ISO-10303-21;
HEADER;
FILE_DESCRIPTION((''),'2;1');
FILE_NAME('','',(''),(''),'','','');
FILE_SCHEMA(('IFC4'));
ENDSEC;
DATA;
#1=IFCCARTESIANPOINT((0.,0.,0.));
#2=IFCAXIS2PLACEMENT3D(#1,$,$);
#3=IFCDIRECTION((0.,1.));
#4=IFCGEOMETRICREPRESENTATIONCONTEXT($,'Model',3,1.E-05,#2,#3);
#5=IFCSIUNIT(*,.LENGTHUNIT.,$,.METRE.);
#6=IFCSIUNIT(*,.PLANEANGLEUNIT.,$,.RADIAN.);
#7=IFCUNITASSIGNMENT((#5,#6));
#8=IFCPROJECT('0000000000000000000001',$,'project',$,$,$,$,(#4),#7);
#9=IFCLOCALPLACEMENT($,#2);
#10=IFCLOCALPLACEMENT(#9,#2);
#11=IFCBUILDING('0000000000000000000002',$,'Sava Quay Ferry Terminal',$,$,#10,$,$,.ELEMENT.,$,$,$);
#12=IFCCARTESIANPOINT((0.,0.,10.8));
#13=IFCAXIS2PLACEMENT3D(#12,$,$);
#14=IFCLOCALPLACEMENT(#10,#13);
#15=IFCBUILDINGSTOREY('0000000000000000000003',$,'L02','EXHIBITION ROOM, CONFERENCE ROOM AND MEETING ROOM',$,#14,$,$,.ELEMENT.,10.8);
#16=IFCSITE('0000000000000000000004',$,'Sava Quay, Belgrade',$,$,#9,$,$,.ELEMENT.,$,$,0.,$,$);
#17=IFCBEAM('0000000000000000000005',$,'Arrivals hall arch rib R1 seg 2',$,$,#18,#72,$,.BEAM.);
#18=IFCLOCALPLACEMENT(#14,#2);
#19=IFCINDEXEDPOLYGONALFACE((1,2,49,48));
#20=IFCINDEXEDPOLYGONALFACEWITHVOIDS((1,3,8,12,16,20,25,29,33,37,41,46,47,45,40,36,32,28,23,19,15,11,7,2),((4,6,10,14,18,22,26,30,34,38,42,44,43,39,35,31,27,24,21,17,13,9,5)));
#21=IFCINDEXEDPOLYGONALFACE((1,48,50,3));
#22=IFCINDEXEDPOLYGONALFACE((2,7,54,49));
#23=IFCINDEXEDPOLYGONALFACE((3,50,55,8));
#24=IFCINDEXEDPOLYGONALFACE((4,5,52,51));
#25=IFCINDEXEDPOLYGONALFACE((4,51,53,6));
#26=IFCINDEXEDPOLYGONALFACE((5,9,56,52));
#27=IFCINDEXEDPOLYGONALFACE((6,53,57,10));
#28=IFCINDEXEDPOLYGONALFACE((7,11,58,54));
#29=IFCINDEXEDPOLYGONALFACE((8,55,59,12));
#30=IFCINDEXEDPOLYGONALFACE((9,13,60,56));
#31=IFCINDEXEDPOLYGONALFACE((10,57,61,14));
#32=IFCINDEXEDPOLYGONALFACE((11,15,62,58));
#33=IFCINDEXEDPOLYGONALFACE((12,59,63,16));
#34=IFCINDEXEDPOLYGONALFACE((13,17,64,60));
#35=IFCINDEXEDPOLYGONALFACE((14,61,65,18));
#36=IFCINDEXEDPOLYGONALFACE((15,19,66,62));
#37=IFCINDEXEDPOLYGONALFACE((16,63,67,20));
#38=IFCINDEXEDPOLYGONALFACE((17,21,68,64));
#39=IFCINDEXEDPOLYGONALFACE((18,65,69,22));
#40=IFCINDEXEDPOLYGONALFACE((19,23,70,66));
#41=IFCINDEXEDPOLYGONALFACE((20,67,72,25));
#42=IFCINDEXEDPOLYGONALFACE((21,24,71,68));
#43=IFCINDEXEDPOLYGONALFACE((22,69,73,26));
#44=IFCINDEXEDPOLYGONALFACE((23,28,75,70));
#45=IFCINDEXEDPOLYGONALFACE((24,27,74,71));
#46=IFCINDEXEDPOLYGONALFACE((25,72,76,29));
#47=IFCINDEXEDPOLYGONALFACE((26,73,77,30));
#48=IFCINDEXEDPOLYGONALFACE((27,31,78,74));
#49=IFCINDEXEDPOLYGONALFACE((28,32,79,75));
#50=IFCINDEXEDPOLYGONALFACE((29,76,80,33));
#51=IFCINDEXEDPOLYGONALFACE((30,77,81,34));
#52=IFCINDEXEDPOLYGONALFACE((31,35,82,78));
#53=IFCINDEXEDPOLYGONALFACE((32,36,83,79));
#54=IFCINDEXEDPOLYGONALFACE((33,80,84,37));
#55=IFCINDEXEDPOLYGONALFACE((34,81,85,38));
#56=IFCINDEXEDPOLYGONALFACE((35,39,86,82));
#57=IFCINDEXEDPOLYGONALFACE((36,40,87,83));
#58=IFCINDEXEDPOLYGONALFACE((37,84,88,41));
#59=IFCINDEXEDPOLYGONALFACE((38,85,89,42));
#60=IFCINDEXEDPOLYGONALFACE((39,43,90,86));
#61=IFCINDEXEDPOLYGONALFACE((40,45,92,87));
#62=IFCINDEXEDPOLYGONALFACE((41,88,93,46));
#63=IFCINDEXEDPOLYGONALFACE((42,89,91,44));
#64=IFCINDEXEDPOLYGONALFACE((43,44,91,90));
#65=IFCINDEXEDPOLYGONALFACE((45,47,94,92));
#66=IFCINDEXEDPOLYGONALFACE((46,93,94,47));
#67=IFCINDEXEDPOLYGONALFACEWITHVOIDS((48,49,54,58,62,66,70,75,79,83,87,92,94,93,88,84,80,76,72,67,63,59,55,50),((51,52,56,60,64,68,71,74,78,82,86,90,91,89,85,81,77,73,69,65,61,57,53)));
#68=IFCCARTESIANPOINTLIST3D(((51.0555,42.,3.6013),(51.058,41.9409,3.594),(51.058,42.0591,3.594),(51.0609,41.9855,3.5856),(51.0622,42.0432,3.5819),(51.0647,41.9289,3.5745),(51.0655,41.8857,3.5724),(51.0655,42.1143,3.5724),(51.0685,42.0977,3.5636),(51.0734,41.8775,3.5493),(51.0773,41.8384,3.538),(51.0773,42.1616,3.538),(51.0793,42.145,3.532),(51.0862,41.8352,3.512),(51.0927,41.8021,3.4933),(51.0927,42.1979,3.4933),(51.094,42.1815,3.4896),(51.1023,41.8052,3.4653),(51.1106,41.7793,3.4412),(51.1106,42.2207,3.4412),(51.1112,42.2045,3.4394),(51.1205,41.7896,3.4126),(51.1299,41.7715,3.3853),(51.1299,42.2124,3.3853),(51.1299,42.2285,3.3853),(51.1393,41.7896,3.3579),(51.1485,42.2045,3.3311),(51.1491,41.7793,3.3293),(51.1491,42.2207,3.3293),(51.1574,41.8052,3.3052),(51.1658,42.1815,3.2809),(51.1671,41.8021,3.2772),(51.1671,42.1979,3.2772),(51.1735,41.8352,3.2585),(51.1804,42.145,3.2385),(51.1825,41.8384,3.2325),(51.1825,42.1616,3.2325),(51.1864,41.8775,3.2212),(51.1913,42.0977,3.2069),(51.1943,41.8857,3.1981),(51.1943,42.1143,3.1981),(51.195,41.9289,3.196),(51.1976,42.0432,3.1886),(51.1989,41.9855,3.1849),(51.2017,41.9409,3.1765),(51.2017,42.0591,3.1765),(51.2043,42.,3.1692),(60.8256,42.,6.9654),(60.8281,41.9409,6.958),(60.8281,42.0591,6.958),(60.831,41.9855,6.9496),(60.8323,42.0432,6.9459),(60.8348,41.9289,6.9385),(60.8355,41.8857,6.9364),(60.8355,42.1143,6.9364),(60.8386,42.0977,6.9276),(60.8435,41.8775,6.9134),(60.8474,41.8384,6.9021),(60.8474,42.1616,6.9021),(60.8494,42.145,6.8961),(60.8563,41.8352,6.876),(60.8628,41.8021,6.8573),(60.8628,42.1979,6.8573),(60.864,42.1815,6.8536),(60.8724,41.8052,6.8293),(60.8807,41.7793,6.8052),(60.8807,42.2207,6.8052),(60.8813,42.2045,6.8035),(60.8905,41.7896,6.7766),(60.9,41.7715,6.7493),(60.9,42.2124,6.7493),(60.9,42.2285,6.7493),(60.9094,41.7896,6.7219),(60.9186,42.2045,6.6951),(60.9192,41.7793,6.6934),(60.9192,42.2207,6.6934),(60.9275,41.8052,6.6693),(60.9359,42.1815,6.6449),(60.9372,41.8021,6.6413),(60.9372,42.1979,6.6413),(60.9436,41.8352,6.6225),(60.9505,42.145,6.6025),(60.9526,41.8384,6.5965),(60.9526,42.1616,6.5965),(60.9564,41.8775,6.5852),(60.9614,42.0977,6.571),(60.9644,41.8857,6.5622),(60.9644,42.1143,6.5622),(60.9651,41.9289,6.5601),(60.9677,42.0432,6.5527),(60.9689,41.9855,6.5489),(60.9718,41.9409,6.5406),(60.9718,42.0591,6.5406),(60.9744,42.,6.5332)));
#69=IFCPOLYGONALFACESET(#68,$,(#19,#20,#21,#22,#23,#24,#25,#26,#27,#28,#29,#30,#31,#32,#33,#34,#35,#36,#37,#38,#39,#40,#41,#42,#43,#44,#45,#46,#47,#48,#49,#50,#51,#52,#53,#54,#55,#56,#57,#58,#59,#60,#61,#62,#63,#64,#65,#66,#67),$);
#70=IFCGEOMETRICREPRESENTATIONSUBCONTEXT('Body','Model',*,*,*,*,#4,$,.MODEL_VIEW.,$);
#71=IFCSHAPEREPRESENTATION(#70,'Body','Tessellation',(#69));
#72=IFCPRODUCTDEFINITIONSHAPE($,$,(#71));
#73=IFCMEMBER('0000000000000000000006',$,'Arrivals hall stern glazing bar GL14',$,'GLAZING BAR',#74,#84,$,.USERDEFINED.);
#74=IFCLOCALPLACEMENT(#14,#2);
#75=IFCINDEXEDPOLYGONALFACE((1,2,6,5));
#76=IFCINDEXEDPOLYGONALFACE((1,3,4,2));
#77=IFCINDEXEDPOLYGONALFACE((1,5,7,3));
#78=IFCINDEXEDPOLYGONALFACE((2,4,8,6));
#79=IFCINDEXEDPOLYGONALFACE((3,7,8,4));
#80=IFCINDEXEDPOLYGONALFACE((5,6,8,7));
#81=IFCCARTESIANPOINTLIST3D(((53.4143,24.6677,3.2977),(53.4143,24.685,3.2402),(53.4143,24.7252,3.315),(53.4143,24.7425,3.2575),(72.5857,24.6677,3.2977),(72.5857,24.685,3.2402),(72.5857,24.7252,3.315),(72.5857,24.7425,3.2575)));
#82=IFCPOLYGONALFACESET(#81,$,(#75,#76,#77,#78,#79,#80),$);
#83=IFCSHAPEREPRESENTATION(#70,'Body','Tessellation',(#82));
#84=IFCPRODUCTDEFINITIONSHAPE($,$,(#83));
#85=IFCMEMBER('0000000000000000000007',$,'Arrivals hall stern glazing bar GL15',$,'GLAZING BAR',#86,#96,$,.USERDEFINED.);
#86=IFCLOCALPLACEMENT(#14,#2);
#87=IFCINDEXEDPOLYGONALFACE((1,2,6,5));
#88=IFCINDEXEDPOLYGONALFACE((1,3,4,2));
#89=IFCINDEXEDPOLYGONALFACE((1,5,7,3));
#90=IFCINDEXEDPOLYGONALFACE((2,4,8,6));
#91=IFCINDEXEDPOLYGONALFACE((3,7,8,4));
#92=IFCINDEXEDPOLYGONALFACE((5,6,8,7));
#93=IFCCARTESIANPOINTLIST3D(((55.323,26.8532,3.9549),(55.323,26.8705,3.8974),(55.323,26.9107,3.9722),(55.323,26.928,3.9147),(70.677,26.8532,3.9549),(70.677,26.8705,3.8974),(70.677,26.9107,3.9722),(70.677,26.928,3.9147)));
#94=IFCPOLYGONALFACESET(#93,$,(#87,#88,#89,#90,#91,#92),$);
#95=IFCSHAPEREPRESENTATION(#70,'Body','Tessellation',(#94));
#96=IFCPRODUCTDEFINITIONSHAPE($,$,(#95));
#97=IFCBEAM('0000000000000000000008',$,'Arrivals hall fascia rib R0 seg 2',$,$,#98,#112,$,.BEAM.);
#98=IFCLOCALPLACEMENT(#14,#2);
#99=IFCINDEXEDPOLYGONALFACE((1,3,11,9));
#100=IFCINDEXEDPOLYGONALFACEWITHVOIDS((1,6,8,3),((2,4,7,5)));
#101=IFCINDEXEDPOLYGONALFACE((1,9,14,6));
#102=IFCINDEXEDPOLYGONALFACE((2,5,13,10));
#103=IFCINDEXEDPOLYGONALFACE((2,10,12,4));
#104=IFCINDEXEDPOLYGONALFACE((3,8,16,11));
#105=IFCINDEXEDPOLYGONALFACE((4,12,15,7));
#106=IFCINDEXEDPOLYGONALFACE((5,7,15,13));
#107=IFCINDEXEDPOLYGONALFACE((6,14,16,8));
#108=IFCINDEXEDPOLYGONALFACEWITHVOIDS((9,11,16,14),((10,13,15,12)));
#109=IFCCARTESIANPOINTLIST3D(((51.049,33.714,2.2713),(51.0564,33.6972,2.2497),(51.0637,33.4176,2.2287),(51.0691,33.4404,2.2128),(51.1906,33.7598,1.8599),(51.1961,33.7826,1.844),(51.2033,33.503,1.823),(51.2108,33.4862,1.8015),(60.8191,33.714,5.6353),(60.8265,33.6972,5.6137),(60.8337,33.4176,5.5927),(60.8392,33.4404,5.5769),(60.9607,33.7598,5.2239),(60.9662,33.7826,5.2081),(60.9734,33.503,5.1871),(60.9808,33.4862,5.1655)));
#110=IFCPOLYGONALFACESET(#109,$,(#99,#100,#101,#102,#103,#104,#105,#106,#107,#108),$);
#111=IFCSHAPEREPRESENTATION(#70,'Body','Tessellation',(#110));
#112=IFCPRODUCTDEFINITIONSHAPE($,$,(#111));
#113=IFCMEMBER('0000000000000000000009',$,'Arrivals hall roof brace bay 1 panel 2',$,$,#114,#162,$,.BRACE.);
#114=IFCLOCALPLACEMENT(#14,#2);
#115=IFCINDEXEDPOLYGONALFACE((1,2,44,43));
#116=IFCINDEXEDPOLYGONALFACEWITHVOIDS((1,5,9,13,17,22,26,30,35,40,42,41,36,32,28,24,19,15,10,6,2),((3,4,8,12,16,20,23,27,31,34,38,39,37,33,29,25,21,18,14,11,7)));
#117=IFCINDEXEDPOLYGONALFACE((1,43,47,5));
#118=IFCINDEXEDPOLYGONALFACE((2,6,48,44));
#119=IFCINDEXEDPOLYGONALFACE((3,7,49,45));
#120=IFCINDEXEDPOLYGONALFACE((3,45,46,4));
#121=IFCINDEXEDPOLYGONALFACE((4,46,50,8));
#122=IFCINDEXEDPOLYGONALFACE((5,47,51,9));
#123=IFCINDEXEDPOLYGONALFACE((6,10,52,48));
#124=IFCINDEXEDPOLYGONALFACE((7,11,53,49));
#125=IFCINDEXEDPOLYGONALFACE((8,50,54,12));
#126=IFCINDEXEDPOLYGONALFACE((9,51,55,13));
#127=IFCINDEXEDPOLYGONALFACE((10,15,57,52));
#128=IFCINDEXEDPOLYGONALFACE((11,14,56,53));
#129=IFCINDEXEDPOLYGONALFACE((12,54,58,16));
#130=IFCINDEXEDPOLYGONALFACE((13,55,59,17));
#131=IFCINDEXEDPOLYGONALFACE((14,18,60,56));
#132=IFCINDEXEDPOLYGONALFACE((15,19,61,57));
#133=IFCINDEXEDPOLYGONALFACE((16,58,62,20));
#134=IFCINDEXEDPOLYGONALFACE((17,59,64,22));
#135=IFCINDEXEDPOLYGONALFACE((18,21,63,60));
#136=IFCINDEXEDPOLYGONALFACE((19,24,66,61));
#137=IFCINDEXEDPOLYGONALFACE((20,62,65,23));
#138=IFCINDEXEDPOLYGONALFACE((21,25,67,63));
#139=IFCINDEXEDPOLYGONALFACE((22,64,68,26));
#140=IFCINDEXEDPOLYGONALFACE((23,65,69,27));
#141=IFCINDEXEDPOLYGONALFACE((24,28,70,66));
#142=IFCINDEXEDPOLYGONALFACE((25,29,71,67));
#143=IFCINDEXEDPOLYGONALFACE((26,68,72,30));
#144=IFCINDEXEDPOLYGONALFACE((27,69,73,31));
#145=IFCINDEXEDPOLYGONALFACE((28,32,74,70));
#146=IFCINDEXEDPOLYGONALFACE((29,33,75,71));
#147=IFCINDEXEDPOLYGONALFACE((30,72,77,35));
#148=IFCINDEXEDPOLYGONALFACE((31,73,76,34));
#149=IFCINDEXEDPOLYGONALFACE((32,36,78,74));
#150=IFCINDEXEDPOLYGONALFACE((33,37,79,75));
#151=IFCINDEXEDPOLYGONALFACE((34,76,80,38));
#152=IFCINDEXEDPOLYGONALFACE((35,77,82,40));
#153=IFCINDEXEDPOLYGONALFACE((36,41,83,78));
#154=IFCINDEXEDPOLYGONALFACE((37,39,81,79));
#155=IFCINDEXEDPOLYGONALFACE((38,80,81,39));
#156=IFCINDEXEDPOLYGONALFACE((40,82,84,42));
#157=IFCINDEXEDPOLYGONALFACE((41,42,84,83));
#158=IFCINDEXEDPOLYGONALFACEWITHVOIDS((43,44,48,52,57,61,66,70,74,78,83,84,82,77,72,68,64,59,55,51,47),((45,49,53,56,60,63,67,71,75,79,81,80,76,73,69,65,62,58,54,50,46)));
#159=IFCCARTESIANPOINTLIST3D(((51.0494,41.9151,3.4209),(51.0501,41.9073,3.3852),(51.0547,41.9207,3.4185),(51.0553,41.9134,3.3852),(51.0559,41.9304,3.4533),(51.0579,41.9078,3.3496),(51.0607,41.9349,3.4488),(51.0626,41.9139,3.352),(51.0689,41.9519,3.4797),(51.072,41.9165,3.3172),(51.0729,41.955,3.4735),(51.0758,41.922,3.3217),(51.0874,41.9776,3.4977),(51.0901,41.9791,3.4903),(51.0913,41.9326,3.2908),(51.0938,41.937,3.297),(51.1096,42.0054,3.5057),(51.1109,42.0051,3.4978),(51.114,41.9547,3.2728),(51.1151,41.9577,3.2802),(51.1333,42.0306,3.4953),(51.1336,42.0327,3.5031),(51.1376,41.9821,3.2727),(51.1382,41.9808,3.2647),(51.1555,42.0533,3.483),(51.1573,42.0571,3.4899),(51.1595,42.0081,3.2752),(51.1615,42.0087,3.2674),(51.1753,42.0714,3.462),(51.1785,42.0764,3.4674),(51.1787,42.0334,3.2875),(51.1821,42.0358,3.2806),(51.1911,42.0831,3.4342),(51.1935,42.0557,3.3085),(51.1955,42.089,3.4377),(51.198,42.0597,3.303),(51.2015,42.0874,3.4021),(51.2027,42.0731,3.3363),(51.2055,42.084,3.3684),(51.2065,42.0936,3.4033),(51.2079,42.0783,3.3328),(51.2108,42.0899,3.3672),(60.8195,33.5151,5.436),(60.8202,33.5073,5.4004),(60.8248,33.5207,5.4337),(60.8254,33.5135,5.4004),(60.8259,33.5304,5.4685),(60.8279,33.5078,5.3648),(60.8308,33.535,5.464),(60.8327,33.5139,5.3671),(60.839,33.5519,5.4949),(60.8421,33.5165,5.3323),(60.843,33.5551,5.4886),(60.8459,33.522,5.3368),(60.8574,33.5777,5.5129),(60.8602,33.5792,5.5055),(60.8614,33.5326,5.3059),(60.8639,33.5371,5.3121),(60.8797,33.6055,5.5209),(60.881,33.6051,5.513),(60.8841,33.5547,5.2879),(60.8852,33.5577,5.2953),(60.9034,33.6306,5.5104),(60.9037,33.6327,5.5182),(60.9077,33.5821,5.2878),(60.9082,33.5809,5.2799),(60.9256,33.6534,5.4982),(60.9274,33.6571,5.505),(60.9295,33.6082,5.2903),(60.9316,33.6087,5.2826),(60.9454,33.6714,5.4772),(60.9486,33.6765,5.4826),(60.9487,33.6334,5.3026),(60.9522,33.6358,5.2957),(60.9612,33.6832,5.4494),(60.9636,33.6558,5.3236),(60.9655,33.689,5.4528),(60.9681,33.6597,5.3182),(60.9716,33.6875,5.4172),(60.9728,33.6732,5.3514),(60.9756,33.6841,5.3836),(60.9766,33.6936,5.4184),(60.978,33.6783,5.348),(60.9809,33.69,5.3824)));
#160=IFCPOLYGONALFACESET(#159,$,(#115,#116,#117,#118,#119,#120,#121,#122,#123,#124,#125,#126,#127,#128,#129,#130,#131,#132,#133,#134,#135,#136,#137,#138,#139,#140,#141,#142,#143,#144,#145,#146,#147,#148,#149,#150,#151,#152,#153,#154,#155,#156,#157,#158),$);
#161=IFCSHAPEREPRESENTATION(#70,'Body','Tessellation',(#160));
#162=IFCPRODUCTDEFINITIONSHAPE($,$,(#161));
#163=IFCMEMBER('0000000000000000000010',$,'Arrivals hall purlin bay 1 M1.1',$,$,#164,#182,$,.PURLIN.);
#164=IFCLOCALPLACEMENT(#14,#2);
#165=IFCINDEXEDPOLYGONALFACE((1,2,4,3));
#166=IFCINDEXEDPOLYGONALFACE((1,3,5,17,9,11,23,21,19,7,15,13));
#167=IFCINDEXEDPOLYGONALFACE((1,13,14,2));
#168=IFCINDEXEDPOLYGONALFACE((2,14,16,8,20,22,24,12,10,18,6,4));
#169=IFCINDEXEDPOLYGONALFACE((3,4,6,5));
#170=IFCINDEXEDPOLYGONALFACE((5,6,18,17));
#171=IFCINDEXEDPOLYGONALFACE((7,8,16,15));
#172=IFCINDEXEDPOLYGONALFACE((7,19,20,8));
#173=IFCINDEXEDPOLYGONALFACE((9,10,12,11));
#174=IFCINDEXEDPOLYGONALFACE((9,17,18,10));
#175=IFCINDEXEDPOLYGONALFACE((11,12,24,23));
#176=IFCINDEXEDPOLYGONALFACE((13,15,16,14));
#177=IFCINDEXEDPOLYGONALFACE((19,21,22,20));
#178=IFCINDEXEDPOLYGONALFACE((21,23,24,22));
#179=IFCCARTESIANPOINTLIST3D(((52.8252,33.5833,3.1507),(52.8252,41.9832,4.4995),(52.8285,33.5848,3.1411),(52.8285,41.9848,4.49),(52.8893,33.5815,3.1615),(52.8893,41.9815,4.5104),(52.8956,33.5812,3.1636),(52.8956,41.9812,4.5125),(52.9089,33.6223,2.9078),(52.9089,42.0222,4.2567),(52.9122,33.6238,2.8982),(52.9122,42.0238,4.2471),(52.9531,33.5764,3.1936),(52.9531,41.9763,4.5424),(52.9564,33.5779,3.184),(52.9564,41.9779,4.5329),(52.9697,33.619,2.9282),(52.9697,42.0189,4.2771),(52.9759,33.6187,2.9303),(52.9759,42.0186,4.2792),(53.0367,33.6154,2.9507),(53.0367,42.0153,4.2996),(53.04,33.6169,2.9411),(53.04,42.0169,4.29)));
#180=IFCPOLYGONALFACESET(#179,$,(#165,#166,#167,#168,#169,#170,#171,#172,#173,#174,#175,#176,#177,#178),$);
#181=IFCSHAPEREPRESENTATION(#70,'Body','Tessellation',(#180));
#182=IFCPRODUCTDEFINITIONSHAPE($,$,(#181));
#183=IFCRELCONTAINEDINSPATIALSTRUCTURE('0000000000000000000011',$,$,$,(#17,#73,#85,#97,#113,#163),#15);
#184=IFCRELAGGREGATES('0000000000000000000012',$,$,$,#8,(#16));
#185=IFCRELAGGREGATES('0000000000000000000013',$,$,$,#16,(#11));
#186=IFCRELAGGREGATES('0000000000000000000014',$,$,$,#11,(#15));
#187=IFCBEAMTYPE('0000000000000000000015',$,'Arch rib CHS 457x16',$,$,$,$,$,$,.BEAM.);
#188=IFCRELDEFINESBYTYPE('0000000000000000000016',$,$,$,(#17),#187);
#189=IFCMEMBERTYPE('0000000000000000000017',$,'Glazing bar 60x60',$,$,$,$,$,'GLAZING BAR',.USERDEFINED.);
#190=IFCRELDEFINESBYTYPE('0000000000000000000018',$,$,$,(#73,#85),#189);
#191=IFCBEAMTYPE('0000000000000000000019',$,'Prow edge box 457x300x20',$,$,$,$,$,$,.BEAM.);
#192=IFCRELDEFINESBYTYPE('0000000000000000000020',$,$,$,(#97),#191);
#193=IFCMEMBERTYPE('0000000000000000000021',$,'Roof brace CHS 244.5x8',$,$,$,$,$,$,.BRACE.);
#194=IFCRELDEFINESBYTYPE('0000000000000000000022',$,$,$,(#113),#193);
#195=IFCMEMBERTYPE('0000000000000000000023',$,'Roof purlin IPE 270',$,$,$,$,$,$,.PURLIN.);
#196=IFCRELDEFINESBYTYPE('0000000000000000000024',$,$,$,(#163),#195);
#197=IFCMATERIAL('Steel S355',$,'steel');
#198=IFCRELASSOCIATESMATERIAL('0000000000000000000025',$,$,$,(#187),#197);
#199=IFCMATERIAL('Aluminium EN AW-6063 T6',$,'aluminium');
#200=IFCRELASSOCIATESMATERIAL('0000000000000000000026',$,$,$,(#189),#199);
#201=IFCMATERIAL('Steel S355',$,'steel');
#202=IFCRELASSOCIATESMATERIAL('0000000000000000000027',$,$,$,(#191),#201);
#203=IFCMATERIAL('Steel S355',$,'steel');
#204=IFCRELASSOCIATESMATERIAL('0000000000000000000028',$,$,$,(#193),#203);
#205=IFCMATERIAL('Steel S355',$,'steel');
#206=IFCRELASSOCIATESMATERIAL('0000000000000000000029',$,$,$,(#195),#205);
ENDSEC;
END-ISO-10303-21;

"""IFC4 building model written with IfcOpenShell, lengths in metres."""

from ifc_helpers import new_model, si_unit, direction, frame, origin, origin_2d, place, context, subcontext, project, spatial, polyline, rectangle, hollow_circle, i_section, outline, extrude, material, material_profile, profile_set, type_object, element, save


model = new_model("IFC4")

# Units and contexts
model_context = context("Model", 3, precision=1e-05, world=origin(), true_north=direction((0.0, 1.0)))
body_context = subcontext(model_context, "Body", "Model", "MODEL_VIEW")
ifc_project = project(units=[si_unit("LENGTHUNIT", "METRE"), si_unit("PLANEANGLEUNIT", "RADIAN")], contexts=[model_context])

# Site, building, storey
site_placement = place(None, origin())
site = spatial("IfcSite", under=ifc_project, at=site_placement, Name="Sava Quay, Belgrade", CompositionType="ELEMENT", RefElevation=0.0)
building_placement = place(site_placement, origin())
building = spatial("IfcBuilding", under=site, at=building_placement, Name="Sava Quay Ferry Terminal", CompositionType="ELEMENT")
storey_placement = place(building_placement, frame((0.0, 0.0, 10.8)))
storey = spatial("IfcBuildingStorey", under=building, at=storey_placement, Name="L02", Description="EXHIBITION ROOM, CONFERENCE ROOM AND MEETING ROOM", CompositionType="ELEMENT", Elevation=10.8)

# Beam
ifc_material_1 = material(Name="Steel S355", Category="steel")
ifc_material_profile_1 = material_profile(ifc_material_1, hollow_circle(Radius=0.2285, WallThickness=0.0161, at=origin_2d()), Name="CHS 457 x 16.0")
ifc_profile_set_1 = profile_set([ifc_material_profile_1], Name="Steel S355")
beam_type_1 = type_object("IfcBeamType", Name="Arch rib CHS 457x16", PredefinedType="BEAM", material=ifc_profile_set_1)
beam_1_placement = place(storey_placement, frame((51.1299, 42.0, 3.3853), z_axis=(0.945521, 0.0, 0.325562), x_axis=(0.0, 1.0, 0.0)))
element("IfcBeam", 1, at=beam_1_placement, inside=storey, type_object=beam_type_1, Name="Arrivals hall arch rib R1 seg 2", PredefinedType="BEAM", context=body_context, shape_type="SweptSolid", body=[
    extrude(hollow_circle(Radius=0.2285, WallThickness=0.0161, at=origin_2d()), origin(), (0.0, 0.0, 1.0), 10.333),
])

# Members
ifc_material_2 = material(Name="Aluminium EN AW-6063 T6", Category="aluminium")
ifc_material_profile_2 = material_profile(ifc_material_2, rectangle(XDim=0.0601, YDim=0.0601, at=origin_2d()), Name="Bar 60 x 60")
ifc_profile_set_2 = profile_set([ifc_material_profile_2], Name="Aluminium EN AW-6063 T6")
member_type_1 = type_object("IfcMemberType", Name="Glazing bar 60x60", ElementType="GLAZING BAR", PredefinedType="USERDEFINED", material=ifc_profile_set_2)
member_1_placement = place(storey_placement, frame((53.4143, 24.7051, 3.2776), z_axis=(1.0, 0.0, 0.0), x_axis=(0.0, 0.957647, 0.287946)))
element("IfcMember", 2, at=member_1_placement, inside=storey, type_object=member_type_1, Name="Arrivals hall stern glazing bar GL14", ObjectType="GLAZING BAR", PredefinedType="USERDEFINED", context=body_context, shape_type="SweptSolid", body=[
    extrude(rectangle(XDim=0.0601, YDim=0.0601, at=origin_2d()), origin(), (0.0, 0.0, 1.0), 19.1714),
])
member_2_placement = place(storey_placement, frame((55.323, 26.8906, 3.9348), z_axis=(1.0, 0.0, 0.0), x_axis=(0.0, 0.957647, 0.287946)))
element("IfcMember", 3, at=member_2_placement, inside=storey, type_object=member_type_1, Name="Arrivals hall stern glazing bar GL15", ObjectType="GLAZING BAR", PredefinedType="USERDEFINED", context=body_context, shape_type="SweptSolid", body=[
    extrude(rectangle(XDim=0.0601, YDim=0.0601, at=origin_2d()), origin(), (0.0, 0.0, 1.0), 15.354),
])

# Beam
ifc_material_3 = material(Name="Steel S355", Category="steel")
ifc_material_profile_3 = material_profile(ifc_material_3, outline(polyline([(-0.1499, -0.2285), (0.1499, -0.2285), (0.1499, 0.2285), (-0.1499, 0.2285), (-0.1499, -0.2285)]), holes=[polyline([(-0.1299, -0.2085), (-0.1299, 0.2085), (0.1299, 0.2085), (0.1299, -0.2085), (-0.1299, -0.2085)])]), Name="Box 457x300x20 built-up")
ifc_profile_set_3 = profile_set([ifc_material_profile_3], Name="Steel S355")
beam_type_2 = type_object("IfcBeamType", Name="Prow edge box 457x300x20", PredefinedType="BEAM", material=ifc_profile_set_3)
beam_2_placement = place(storey_placement, frame((51.1299, 33.6001, 2.0364), z_axis=(0.945521, 0.0, 0.325562), x_axis=(-0.048875, 0.988667, 0.141946)))
element("IfcBeam", 4, at=beam_2_placement, inside=storey, type_object=beam_type_2, Name="Arrivals hall fascia rib R0 seg 2", PredefinedType="BEAM", context=body_context, shape_type="SweptSolid", body=[
    extrude(outline(polyline([(-0.1499, -0.2285), (0.1499, -0.2285), (0.1499, 0.2285), (-0.1499, 0.2285), (-0.1499, -0.2285)]), holes=[polyline([(-0.1299, -0.2085), (-0.1299, 0.2085), (0.1299, 0.2085), (0.1299, -0.2085), (-0.1299, -0.2085)])]), origin(), (0.0, 0.0, 1.0), 10.333),
])

# Members
ifc_material_4 = material(Name="Steel S355", Category="steel")
ifc_material_profile_4 = material_profile(ifc_material_4, hollow_circle(Radius=0.1223, WallThickness=0.0081, at=origin_2d()), Name="CHS 244.5 x 8.0")
ifc_profile_set_4 = profile_set([ifc_material_profile_4], Name="Steel S355")
member_type_2 = type_object("IfcMemberType", Name="Roof brace CHS 244.5x8", PredefinedType="BRACE", material=ifc_profile_set_4)
member_3_placement = place(storey_placement, frame((60.8999, 33.6001, 5.4004), z_axis=(-0.749167, 0.644106, -0.154521), x_axis=(-0.651936, -0.758274, 0.0)))
element("IfcMember", 5, at=member_3_placement, inside=storey, type_object=member_type_2, Name="Arrivals hall roof brace bay 1 panel 2", PredefinedType="BRACE", context=body_context, shape_type="SweptSolid", body=[
    extrude(hollow_circle(Radius=0.1223, WallThickness=0.0081, at=origin_2d()), origin(), (0.0, 0.0, 1.0), 13.0413),
])
ifc_material_5 = material(Name="Steel S355", Category="steel")
ifc_material_profile_5 = material_profile(ifc_material_5, i_section(OverallWidth=0.135, OverallDepth=0.27, WebThickness=0.0066, FlangeThickness=0.0103, at=origin_2d()), Name="IPE 270")
ifc_profile_set_5 = profile_set([ifc_material_profile_5], Name="Steel S355")
member_type_3 = type_object("IfcMemberType", Name="Roof purlin IPE 270", PredefinedType="PURLIN", material=ifc_profile_set_5)
for number, where, z_axis, x_axis, name in (
    (6, (52.9326, 33.6001, 3.0459), (0.0, 0.987351, 0.158551), (-0.946781, 0.051034, -0.317807), "Arrivals hall purlin bay 1 M1.1"),
):
    element("IfcMember", number, at=place(storey_placement, frame(where, z_axis=z_axis, x_axis=x_axis)), inside=storey, type_object=member_type_3, Name=name, PredefinedType="PURLIN", context=body_context, shape_type="SweptSolid", body=[
        extrude(i_section(OverallWidth=0.135, OverallDepth=0.27, WebThickness=0.0066, FlangeThickness=0.0103, at=origin_2d()), origin(), (0.0, 0.0, 1.0), 8.5076),
    ])

save(model, "model.ifc")
